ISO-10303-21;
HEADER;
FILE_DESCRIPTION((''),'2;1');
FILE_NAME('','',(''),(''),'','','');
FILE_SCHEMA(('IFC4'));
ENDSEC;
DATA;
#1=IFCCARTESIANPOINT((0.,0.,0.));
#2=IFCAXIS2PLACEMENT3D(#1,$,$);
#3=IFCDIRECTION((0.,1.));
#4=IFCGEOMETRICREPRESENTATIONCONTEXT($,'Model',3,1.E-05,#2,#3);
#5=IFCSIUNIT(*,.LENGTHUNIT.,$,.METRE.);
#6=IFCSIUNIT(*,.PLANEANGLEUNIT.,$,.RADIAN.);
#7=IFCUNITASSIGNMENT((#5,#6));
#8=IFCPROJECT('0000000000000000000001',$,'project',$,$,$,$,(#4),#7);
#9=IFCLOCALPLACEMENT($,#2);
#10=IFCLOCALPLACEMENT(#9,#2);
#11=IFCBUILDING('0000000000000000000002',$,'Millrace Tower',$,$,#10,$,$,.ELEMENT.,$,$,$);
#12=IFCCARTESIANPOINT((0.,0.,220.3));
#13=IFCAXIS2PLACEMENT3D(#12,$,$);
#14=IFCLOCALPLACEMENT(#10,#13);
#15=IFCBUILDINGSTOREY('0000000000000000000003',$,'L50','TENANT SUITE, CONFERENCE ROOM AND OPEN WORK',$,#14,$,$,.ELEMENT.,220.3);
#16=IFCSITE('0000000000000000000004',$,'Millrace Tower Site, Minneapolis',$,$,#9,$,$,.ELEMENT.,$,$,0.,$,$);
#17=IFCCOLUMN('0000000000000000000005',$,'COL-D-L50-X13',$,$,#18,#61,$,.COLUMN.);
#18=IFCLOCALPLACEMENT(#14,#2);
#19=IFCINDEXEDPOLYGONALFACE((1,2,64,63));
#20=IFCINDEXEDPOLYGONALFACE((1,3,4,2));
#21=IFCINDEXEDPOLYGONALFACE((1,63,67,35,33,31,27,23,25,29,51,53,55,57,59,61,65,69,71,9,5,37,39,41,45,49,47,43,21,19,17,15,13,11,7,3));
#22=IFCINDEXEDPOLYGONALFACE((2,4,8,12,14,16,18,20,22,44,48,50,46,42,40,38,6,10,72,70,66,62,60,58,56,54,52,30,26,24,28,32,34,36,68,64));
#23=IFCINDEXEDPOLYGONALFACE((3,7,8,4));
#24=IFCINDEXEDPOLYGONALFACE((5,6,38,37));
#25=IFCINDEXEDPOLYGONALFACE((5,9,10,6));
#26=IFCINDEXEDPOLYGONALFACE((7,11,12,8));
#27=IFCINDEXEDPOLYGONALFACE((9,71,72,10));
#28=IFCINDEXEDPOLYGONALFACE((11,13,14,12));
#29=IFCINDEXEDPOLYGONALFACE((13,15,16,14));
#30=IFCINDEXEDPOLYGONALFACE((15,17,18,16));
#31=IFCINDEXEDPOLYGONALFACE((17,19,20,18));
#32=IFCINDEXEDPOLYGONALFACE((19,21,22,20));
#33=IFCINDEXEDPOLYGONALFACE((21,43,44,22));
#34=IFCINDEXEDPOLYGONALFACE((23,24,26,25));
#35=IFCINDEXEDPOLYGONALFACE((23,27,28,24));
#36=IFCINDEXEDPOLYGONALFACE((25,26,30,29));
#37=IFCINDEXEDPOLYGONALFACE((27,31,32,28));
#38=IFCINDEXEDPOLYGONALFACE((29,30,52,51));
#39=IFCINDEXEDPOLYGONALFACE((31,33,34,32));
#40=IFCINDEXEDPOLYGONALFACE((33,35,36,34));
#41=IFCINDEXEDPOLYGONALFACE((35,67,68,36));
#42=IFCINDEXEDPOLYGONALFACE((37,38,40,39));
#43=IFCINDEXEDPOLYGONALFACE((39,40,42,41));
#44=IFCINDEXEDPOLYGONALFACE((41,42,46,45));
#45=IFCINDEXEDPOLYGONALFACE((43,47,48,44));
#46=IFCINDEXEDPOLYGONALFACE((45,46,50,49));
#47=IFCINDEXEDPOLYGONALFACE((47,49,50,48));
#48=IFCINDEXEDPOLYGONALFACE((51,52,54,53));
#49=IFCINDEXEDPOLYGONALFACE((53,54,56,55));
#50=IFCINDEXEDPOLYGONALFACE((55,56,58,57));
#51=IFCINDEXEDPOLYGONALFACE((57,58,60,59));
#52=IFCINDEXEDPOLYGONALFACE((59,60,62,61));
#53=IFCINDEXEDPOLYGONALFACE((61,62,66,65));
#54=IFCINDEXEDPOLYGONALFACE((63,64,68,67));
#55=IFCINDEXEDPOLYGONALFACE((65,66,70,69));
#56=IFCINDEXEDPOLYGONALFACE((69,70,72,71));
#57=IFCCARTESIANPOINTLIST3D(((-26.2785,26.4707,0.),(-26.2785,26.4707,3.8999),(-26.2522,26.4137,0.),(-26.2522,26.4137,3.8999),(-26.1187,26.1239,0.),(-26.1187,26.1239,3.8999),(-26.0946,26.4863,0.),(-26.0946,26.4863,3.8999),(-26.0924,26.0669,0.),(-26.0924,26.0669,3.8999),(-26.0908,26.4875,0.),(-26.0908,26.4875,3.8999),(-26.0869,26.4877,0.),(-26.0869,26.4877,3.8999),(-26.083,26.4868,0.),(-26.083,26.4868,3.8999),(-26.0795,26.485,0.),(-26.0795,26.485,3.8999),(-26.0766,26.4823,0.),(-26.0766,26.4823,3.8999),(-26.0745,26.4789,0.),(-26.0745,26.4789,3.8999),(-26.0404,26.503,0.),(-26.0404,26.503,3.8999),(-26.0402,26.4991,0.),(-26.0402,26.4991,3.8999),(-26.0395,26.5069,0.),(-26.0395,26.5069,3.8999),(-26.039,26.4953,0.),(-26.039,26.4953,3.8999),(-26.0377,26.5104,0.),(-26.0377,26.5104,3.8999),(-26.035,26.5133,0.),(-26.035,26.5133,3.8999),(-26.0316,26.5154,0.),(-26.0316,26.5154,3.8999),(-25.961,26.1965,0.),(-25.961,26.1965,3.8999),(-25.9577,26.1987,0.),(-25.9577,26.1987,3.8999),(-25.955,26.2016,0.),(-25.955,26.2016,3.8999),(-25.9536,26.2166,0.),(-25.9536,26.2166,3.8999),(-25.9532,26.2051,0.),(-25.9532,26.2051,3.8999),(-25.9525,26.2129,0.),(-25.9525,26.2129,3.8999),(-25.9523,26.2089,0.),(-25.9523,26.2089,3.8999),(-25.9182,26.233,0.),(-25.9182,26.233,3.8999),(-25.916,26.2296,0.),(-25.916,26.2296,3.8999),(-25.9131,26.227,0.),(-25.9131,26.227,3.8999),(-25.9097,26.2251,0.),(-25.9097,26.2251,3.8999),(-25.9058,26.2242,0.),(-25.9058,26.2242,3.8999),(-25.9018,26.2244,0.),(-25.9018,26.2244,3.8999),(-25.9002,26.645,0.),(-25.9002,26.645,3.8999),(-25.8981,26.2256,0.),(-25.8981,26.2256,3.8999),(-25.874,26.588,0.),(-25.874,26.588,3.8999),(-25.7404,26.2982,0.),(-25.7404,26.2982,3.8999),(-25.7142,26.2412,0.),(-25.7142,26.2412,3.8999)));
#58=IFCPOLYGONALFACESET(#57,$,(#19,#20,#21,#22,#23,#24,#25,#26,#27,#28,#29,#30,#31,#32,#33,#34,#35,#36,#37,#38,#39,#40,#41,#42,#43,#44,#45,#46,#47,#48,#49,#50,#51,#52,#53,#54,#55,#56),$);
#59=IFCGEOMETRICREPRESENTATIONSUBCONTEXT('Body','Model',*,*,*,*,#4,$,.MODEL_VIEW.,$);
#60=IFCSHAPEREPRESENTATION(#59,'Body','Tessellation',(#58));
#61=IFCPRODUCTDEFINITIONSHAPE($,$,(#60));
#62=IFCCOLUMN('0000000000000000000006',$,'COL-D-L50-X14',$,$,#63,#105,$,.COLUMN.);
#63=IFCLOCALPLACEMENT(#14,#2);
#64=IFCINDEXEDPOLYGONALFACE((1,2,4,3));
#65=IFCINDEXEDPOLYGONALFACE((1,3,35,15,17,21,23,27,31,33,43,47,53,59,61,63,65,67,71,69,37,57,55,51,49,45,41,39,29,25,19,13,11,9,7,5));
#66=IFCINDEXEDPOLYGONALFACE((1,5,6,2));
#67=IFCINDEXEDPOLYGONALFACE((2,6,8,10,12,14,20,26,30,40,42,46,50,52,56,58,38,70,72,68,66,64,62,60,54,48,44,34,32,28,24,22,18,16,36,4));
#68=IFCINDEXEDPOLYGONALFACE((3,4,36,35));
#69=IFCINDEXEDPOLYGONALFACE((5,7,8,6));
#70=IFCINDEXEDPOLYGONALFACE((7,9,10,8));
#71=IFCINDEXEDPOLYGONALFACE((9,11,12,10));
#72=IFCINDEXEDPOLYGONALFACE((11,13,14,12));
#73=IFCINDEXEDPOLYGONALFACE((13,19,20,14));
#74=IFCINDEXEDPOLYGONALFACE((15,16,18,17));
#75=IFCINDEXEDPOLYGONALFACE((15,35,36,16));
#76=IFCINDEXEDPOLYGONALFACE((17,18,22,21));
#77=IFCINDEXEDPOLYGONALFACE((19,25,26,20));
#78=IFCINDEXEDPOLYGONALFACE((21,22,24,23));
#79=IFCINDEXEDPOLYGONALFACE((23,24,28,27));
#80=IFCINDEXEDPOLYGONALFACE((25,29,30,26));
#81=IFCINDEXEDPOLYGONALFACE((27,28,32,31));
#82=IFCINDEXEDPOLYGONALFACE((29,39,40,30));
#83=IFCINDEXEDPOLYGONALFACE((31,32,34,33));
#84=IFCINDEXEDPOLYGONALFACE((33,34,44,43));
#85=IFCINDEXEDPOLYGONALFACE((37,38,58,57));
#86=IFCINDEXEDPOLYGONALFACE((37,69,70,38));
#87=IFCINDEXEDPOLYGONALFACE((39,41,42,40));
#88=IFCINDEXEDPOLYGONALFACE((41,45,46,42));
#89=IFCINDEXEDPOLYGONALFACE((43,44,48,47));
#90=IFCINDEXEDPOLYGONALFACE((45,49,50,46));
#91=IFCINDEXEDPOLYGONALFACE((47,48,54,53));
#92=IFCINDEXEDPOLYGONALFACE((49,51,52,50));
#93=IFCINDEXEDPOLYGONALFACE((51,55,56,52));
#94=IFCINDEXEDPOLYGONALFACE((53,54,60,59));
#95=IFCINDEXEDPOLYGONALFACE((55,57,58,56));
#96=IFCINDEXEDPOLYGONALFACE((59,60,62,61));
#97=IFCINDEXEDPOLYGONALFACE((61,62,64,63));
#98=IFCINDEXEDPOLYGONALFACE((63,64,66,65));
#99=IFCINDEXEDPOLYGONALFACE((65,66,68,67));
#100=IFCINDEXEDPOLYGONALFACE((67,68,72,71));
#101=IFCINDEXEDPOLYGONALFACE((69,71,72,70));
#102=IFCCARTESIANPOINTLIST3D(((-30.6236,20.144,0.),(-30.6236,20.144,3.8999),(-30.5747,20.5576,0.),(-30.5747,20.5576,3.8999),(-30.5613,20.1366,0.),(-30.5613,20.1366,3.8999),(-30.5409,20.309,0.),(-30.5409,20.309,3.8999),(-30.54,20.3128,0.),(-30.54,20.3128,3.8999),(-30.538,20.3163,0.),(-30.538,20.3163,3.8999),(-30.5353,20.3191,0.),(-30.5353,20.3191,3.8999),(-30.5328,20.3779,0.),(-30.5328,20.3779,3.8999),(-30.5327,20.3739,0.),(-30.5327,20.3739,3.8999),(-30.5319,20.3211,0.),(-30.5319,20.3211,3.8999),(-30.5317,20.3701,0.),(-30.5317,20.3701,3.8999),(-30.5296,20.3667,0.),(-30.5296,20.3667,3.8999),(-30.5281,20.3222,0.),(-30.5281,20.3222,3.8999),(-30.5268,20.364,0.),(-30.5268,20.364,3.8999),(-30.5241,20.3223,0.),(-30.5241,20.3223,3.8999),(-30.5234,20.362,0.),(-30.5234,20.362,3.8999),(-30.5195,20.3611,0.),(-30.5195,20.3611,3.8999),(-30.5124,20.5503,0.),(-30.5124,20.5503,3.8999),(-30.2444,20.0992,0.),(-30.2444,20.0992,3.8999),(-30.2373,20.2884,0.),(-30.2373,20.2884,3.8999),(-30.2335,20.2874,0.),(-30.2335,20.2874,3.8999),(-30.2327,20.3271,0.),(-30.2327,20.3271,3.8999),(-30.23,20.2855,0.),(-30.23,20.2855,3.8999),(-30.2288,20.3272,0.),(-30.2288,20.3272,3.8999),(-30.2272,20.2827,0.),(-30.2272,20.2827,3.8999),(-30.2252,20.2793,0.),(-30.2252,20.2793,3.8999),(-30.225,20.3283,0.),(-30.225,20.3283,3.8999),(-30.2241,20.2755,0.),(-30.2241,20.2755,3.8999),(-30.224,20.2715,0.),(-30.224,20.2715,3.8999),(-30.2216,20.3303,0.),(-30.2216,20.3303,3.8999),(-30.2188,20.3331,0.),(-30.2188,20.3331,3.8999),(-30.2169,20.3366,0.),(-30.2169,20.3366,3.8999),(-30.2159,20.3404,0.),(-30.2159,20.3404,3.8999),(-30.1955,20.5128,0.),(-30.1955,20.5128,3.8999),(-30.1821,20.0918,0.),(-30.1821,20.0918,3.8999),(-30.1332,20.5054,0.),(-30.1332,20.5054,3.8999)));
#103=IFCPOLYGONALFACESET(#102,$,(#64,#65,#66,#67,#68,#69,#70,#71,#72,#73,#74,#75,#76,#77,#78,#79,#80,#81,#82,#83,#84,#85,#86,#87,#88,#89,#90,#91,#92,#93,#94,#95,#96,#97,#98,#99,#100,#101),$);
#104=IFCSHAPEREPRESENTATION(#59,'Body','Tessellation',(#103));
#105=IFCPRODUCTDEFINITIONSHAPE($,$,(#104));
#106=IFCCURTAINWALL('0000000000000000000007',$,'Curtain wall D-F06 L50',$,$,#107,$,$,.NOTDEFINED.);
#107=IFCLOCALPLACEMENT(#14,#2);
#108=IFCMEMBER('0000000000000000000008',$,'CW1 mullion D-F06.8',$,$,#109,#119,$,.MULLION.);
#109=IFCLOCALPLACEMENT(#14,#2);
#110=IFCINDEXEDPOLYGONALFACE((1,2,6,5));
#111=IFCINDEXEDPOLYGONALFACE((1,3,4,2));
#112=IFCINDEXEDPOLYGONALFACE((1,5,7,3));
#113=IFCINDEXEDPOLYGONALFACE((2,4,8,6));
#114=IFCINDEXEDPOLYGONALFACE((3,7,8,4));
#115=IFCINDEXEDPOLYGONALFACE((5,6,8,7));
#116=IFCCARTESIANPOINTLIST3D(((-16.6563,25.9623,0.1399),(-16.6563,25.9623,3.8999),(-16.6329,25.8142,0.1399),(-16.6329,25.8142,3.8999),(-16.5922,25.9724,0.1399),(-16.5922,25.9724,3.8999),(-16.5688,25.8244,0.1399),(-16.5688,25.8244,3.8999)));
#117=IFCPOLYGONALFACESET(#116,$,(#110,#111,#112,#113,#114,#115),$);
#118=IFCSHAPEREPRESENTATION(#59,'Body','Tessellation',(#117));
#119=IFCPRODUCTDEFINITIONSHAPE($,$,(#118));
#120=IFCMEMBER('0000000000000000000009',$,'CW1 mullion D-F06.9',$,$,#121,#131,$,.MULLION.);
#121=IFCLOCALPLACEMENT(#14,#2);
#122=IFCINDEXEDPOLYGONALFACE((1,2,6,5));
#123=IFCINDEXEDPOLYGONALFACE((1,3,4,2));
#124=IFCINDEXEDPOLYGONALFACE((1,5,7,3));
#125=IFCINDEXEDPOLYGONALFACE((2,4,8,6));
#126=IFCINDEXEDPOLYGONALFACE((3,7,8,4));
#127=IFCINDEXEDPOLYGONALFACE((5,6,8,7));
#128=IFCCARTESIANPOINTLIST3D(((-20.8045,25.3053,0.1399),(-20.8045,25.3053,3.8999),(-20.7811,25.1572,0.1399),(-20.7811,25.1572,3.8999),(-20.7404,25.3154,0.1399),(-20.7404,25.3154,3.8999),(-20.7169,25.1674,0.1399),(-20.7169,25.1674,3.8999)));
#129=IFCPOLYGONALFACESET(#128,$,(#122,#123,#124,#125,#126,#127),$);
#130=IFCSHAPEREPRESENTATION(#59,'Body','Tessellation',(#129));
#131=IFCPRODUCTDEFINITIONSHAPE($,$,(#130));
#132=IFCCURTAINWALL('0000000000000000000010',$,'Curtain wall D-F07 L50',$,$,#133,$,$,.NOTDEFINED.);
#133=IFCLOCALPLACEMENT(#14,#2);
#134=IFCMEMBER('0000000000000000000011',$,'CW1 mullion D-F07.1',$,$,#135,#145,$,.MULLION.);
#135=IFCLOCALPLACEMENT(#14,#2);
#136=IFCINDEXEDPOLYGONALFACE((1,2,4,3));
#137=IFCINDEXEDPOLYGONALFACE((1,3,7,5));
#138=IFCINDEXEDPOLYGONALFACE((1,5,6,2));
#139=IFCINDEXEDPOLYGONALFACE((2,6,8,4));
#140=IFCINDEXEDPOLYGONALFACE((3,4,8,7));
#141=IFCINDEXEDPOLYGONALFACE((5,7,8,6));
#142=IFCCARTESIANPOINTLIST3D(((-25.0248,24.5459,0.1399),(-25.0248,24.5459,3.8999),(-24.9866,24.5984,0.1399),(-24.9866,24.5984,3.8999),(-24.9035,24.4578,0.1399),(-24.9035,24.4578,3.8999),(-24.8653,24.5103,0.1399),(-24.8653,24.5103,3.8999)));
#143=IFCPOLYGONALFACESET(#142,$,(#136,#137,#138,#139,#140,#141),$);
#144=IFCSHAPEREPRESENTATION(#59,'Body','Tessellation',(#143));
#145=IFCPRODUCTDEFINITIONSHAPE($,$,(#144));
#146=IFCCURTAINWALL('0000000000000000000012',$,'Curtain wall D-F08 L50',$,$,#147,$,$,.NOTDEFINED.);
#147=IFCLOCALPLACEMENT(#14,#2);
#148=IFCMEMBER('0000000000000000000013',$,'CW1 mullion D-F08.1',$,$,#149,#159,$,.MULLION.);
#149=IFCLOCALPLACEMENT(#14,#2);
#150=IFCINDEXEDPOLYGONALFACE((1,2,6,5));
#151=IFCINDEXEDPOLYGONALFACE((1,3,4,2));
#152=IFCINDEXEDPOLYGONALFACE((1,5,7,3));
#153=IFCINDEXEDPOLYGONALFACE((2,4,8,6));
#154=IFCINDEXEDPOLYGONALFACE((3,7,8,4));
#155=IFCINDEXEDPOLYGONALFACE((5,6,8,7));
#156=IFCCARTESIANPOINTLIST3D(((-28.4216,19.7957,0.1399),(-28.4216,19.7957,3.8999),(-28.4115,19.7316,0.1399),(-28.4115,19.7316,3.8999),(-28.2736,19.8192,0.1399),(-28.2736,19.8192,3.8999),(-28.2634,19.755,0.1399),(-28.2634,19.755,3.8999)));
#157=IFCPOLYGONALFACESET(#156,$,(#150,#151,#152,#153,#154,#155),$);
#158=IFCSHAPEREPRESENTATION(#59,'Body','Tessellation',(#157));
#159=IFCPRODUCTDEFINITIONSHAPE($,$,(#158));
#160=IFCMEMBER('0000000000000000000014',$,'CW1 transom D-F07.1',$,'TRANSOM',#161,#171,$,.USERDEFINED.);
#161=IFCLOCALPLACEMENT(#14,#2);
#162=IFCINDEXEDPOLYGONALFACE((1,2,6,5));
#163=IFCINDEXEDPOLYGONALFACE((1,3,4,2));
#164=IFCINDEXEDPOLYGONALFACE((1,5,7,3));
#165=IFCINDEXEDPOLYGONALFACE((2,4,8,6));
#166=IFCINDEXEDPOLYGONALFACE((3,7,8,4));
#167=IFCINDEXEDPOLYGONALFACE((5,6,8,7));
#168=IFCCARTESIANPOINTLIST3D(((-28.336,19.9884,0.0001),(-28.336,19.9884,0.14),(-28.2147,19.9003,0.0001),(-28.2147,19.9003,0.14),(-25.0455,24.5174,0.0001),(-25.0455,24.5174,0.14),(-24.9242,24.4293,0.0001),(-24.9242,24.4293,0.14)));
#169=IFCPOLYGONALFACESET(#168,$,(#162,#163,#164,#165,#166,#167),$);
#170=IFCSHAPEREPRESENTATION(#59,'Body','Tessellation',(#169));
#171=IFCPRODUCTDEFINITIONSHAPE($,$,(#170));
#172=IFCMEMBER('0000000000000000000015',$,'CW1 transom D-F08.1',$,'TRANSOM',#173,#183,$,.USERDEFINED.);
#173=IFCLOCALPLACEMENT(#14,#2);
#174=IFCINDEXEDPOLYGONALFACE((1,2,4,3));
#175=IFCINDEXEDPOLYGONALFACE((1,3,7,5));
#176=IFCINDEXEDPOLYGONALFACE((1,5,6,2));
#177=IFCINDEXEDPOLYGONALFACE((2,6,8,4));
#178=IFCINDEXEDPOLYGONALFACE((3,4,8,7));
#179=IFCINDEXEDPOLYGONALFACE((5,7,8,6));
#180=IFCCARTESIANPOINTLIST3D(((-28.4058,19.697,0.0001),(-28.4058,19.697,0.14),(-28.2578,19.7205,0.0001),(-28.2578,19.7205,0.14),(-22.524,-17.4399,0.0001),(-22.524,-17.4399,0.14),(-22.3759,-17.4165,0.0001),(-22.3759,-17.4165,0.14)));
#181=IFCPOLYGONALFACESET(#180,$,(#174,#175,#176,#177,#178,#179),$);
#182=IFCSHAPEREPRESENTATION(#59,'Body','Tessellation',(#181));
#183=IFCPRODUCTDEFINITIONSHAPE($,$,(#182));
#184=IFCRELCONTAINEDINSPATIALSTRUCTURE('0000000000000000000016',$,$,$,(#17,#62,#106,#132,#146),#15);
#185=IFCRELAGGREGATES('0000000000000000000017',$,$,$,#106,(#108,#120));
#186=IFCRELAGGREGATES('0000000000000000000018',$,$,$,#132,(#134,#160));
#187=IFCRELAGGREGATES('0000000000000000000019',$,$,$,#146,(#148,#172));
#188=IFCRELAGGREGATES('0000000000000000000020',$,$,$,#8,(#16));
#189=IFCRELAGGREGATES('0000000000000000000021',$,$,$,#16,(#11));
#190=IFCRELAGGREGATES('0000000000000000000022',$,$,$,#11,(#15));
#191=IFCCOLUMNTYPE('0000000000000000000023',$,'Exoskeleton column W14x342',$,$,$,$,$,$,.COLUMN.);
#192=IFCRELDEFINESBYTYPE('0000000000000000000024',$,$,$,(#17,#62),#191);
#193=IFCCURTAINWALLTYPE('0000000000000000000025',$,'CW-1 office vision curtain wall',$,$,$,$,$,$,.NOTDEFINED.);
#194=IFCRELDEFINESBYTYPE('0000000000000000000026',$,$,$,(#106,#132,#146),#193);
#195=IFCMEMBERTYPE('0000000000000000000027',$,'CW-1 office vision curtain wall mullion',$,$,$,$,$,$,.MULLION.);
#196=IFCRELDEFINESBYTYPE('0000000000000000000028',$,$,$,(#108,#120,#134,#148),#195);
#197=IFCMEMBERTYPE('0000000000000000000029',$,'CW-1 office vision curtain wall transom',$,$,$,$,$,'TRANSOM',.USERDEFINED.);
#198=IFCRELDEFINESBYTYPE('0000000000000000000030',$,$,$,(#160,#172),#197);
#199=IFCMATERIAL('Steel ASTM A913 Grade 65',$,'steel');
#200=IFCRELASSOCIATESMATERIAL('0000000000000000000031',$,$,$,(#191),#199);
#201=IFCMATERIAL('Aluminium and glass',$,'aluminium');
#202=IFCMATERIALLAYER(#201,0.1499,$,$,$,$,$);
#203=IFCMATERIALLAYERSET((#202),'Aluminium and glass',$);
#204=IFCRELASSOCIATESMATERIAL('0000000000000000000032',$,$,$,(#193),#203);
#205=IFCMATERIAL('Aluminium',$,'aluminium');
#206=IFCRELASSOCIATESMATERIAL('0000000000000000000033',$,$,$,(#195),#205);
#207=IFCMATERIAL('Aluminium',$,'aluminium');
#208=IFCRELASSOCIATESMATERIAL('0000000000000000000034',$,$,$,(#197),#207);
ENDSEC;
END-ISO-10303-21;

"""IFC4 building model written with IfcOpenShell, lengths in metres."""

from ifc_helpers import new_model, si_unit, direction, frame, origin, origin_2d, place, context, subcontext, project, spatial, rectangle, i_section, extrude, material, layer, layer_set, material_profile, profile_set, type_object, element, aggregate, save


model = new_model("IFC4")

# Units and contexts
model_context = context("Model", 3, precision=1e-05, world=origin(), true_north=direction((0.0, 1.0)))
body_context = subcontext(model_context, "Body", "Model", "MODEL_VIEW")
ifc_project = project(units=[si_unit("LENGTHUNIT", "METRE"), si_unit("PLANEANGLEUNIT", "RADIAN")], contexts=[model_context])

# Site, building, storey
site_placement = place(None, origin())
site = spatial("IfcSite", under=ifc_project, at=site_placement, Name="Millrace Tower Site, Minneapolis", CompositionType="ELEMENT", RefElevation=0.0)
building_placement = place(site_placement, origin())
building = spatial("IfcBuilding", under=site, at=building_placement, Name="Millrace Tower", CompositionType="ELEMENT")
storey_placement = place(building_placement, frame((0.0, 0.0, 220.3)))
storey = spatial("IfcBuildingStorey", under=building, at=storey_placement, Name="L50", Description="TENANT SUITE, CONFERENCE ROOM AND OPEN WORK", CompositionType="ELEMENT", Elevation=220.3)

# Columns
ifc_material_1 = material(Name="Steel ASTM A913 Grade 65", Category="steel")
ifc_material_profile_1 = material_profile(ifc_material_1, i_section(OverallWidth=0.4165, OverallDepth=0.4446, WebThickness=0.0391, FlangeThickness=0.0627, FilletRadius=0.0151, at=origin_2d()))
ifc_profile_set_1 = profile_set([ifc_material_profile_1], Name="Steel ASTM A913 Grade 65")
column_type = type_object("IfcColumnType", Name="Exoskeleton column W14x342", PredefinedType="COLUMN", material=ifc_profile_set_1)
for number, where, z_axis, x_axis, name in (
    (1, (-25.9963, 26.356, 0.0), (0.0, 0.0, 1.0), (-0.908192, -0.418553, 0.0), "COL-D-L50-X13"),
    (2, (-30.3784, 20.3247, 0.0), (0.0, 0.0, 1.0), (-0.117421, -0.993082, 0.0), "COL-D-L50-X14"),
):
    element("IfcColumn", number, at=place(storey_placement, frame(where, z_axis=z_axis, x_axis=x_axis)), inside=storey, type_object=column_type, Name=name, PredefinedType="COLUMN", context=body_context, shape_type="SweptSolid", body=[
        extrude(i_section(OverallWidth=0.4165, OverallDepth=0.4446, WebThickness=0.0391, FlangeThickness=0.0627, FilletRadius=0.0151, at=origin_2d()), origin(), (0.0, 0.0, 1.0), 3.8999),
    ])

# Curtain wall, members
ifc_material_2 = material(Name="Aluminium and glass", Category="aluminium")
ifc_layer_1 = layer(ifc_material_2, 0.1499)
ifc_layer_set_1 = layer_set([ifc_layer_1], Name="Aluminium and glass")
curtain_wall_type = type_object("IfcCurtainWallType", Name="CW-1 office vision curtain wall", PredefinedType="NOTDEFINED", material=ifc_layer_set_1)
placement = place(storey_placement, origin())
curtain_wall_1 = element("IfcCurtainWall", 3, at=placement, inside=storey, type_object=curtain_wall_type, Name="Curtain wall D-F06 L50", PredefinedType="NOTDEFINED")
ifc_material_3 = material(Name="Aluminium", Category="aluminium")
ifc_material_profile_2 = material_profile(ifc_material_3, rectangle(XDim=0.0649, YDim=0.1499, at=origin_2d()))
ifc_profile_set_2 = profile_set([ifc_material_profile_2], Name="Aluminium")
member_type_1 = type_object("IfcMemberType", Name="CW-1 office vision curtain wall mullion", PredefinedType="MULLION", material=ifc_profile_set_2)
member_1_placement = place(storey_placement, frame((-16.6125, 25.8933, 0.1399), z_axis=(0.0, 0.0, 1.0), x_axis=(-0.987688, -0.156434, 0.0)))
member_1 = element("IfcMember", 4, at=member_1_placement, type_object=member_type_1, Name="CW1 mullion D-F06.8", PredefinedType="MULLION", context=body_context, shape_type="SweptSolid", body=[
    extrude(rectangle(XDim=0.0649, YDim=0.1499, at=origin_2d()), origin(), (0.0, 0.0, 1.0), 3.76),
])
member_2_placement = place(storey_placement, frame((-20.7607, 25.2363, 0.1399), z_axis=(0.0, 0.0, 1.0), x_axis=(-0.987688, -0.156434, 0.0)))
member_2 = element("IfcMember", 5, at=member_2_placement, type_object=member_type_1, Name="CW1 mullion D-F06.9", PredefinedType="MULLION", context=body_context, shape_type="SweptSolid", body=[
    extrude(rectangle(XDim=0.0649, YDim=0.1499, at=origin_2d()), origin(), (0.0, 0.0, 1.0), 3.76),
])
aggregate(curtain_wall_1, [member_1, member_2])

# Curtain walls, members
curtain_wall_2 = element("IfcCurtainWall", 6, at=placement, inside=storey, type_object=curtain_wall_type, Name="Curtain wall D-F07 L50", PredefinedType="NOTDEFINED")
member_3_placement = place(storey_placement, frame((-24.9451, 24.5281, 0.1399), z_axis=(0.0, 0.0, 1.0), x_axis=(-0.587785, -0.809017, 0.0)))
member_3 = element("IfcMember", 7, at=member_3_placement, type_object=member_type_1, Name="CW1 mullion D-F07.1", PredefinedType="MULLION", context=body_context, shape_type="SweptSolid", body=[
    extrude(rectangle(XDim=0.0649, YDim=0.1499, at=origin_2d()), origin(), (0.0, 0.0, 1.0), 3.76),
])
curtain_wall_3 = element("IfcCurtainWall", 8, at=placement, inside=storey, type_object=curtain_wall_type, Name="Curtain wall D-F08 L50", PredefinedType="NOTDEFINED")
member_4_placement = place(storey_placement, frame((-28.3425, 19.7754, 0.1399), z_axis=(0.0, 0.0, 1.0), x_axis=(0.156434, -0.987688, 0.0)))
member_4 = element("IfcMember", 9, at=member_4_placement, type_object=member_type_1, Name="CW1 mullion D-F08.1", PredefinedType="MULLION", context=body_context, shape_type="SweptSolid", body=[
    extrude(rectangle(XDim=0.0649, YDim=0.1499, at=origin_2d()), origin(), (0.0, 0.0, 1.0), 3.76),
])

# Members
ifc_material_4 = material(Name="Aluminium", Category="aluminium")
ifc_material_profile_3 = material_profile(ifc_material_4, rectangle(XDim=0.1499, YDim=0.1399, at=origin_2d()))
ifc_profile_set_3 = profile_set([ifc_material_profile_3], Name="Aluminium")
member_type_2 = type_object("IfcMemberType", Name="CW-1 office vision curtain wall transom", ElementType="TRANSOM", PredefinedType="USERDEFINED", material=ifc_profile_set_3)
member_5_placement = place(storey_placement, frame((-24.9849, 24.4734, 0.0701), z_axis=(-0.587783, -0.809019, 0.0), x_axis=(0.809019, -0.587783, 0.0)))
member_5 = element("IfcMember", 10, at=member_5_placement, type_object=member_type_2, Name="CW1 transom D-F07.1", ObjectType="TRANSOM", PredefinedType="USERDEFINED", context=body_context, shape_type="SweptSolid", body=[
    extrude(rectangle(XDim=0.1499, YDim=0.1399, at=origin_2d()), origin(), (0.0, 0.0, 1.0), 5.5981),
])
aggregate(curtain_wall_2, [member_3, member_5])
member_6_placement = place(storey_placement, frame((-28.3318, 19.7087, 0.0701), z_axis=(0.156432, -0.987689, 0.0), x_axis=(0.987689, 0.156432, 0.0)))
member_6 = element("IfcMember", 11, at=member_6_placement, type_object=member_type_2, Name="CW1 transom D-F08.1", ObjectType="TRANSOM", PredefinedType="USERDEFINED", context=body_context, shape_type="SweptSolid", body=[
    extrude(rectangle(XDim=0.1499, YDim=0.1399, at=origin_2d()), origin(), (0.0, 0.0, 1.0), 37.5999),
])
aggregate(curtain_wall_3, [member_4, member_6])

save(model, "model.ifc")
